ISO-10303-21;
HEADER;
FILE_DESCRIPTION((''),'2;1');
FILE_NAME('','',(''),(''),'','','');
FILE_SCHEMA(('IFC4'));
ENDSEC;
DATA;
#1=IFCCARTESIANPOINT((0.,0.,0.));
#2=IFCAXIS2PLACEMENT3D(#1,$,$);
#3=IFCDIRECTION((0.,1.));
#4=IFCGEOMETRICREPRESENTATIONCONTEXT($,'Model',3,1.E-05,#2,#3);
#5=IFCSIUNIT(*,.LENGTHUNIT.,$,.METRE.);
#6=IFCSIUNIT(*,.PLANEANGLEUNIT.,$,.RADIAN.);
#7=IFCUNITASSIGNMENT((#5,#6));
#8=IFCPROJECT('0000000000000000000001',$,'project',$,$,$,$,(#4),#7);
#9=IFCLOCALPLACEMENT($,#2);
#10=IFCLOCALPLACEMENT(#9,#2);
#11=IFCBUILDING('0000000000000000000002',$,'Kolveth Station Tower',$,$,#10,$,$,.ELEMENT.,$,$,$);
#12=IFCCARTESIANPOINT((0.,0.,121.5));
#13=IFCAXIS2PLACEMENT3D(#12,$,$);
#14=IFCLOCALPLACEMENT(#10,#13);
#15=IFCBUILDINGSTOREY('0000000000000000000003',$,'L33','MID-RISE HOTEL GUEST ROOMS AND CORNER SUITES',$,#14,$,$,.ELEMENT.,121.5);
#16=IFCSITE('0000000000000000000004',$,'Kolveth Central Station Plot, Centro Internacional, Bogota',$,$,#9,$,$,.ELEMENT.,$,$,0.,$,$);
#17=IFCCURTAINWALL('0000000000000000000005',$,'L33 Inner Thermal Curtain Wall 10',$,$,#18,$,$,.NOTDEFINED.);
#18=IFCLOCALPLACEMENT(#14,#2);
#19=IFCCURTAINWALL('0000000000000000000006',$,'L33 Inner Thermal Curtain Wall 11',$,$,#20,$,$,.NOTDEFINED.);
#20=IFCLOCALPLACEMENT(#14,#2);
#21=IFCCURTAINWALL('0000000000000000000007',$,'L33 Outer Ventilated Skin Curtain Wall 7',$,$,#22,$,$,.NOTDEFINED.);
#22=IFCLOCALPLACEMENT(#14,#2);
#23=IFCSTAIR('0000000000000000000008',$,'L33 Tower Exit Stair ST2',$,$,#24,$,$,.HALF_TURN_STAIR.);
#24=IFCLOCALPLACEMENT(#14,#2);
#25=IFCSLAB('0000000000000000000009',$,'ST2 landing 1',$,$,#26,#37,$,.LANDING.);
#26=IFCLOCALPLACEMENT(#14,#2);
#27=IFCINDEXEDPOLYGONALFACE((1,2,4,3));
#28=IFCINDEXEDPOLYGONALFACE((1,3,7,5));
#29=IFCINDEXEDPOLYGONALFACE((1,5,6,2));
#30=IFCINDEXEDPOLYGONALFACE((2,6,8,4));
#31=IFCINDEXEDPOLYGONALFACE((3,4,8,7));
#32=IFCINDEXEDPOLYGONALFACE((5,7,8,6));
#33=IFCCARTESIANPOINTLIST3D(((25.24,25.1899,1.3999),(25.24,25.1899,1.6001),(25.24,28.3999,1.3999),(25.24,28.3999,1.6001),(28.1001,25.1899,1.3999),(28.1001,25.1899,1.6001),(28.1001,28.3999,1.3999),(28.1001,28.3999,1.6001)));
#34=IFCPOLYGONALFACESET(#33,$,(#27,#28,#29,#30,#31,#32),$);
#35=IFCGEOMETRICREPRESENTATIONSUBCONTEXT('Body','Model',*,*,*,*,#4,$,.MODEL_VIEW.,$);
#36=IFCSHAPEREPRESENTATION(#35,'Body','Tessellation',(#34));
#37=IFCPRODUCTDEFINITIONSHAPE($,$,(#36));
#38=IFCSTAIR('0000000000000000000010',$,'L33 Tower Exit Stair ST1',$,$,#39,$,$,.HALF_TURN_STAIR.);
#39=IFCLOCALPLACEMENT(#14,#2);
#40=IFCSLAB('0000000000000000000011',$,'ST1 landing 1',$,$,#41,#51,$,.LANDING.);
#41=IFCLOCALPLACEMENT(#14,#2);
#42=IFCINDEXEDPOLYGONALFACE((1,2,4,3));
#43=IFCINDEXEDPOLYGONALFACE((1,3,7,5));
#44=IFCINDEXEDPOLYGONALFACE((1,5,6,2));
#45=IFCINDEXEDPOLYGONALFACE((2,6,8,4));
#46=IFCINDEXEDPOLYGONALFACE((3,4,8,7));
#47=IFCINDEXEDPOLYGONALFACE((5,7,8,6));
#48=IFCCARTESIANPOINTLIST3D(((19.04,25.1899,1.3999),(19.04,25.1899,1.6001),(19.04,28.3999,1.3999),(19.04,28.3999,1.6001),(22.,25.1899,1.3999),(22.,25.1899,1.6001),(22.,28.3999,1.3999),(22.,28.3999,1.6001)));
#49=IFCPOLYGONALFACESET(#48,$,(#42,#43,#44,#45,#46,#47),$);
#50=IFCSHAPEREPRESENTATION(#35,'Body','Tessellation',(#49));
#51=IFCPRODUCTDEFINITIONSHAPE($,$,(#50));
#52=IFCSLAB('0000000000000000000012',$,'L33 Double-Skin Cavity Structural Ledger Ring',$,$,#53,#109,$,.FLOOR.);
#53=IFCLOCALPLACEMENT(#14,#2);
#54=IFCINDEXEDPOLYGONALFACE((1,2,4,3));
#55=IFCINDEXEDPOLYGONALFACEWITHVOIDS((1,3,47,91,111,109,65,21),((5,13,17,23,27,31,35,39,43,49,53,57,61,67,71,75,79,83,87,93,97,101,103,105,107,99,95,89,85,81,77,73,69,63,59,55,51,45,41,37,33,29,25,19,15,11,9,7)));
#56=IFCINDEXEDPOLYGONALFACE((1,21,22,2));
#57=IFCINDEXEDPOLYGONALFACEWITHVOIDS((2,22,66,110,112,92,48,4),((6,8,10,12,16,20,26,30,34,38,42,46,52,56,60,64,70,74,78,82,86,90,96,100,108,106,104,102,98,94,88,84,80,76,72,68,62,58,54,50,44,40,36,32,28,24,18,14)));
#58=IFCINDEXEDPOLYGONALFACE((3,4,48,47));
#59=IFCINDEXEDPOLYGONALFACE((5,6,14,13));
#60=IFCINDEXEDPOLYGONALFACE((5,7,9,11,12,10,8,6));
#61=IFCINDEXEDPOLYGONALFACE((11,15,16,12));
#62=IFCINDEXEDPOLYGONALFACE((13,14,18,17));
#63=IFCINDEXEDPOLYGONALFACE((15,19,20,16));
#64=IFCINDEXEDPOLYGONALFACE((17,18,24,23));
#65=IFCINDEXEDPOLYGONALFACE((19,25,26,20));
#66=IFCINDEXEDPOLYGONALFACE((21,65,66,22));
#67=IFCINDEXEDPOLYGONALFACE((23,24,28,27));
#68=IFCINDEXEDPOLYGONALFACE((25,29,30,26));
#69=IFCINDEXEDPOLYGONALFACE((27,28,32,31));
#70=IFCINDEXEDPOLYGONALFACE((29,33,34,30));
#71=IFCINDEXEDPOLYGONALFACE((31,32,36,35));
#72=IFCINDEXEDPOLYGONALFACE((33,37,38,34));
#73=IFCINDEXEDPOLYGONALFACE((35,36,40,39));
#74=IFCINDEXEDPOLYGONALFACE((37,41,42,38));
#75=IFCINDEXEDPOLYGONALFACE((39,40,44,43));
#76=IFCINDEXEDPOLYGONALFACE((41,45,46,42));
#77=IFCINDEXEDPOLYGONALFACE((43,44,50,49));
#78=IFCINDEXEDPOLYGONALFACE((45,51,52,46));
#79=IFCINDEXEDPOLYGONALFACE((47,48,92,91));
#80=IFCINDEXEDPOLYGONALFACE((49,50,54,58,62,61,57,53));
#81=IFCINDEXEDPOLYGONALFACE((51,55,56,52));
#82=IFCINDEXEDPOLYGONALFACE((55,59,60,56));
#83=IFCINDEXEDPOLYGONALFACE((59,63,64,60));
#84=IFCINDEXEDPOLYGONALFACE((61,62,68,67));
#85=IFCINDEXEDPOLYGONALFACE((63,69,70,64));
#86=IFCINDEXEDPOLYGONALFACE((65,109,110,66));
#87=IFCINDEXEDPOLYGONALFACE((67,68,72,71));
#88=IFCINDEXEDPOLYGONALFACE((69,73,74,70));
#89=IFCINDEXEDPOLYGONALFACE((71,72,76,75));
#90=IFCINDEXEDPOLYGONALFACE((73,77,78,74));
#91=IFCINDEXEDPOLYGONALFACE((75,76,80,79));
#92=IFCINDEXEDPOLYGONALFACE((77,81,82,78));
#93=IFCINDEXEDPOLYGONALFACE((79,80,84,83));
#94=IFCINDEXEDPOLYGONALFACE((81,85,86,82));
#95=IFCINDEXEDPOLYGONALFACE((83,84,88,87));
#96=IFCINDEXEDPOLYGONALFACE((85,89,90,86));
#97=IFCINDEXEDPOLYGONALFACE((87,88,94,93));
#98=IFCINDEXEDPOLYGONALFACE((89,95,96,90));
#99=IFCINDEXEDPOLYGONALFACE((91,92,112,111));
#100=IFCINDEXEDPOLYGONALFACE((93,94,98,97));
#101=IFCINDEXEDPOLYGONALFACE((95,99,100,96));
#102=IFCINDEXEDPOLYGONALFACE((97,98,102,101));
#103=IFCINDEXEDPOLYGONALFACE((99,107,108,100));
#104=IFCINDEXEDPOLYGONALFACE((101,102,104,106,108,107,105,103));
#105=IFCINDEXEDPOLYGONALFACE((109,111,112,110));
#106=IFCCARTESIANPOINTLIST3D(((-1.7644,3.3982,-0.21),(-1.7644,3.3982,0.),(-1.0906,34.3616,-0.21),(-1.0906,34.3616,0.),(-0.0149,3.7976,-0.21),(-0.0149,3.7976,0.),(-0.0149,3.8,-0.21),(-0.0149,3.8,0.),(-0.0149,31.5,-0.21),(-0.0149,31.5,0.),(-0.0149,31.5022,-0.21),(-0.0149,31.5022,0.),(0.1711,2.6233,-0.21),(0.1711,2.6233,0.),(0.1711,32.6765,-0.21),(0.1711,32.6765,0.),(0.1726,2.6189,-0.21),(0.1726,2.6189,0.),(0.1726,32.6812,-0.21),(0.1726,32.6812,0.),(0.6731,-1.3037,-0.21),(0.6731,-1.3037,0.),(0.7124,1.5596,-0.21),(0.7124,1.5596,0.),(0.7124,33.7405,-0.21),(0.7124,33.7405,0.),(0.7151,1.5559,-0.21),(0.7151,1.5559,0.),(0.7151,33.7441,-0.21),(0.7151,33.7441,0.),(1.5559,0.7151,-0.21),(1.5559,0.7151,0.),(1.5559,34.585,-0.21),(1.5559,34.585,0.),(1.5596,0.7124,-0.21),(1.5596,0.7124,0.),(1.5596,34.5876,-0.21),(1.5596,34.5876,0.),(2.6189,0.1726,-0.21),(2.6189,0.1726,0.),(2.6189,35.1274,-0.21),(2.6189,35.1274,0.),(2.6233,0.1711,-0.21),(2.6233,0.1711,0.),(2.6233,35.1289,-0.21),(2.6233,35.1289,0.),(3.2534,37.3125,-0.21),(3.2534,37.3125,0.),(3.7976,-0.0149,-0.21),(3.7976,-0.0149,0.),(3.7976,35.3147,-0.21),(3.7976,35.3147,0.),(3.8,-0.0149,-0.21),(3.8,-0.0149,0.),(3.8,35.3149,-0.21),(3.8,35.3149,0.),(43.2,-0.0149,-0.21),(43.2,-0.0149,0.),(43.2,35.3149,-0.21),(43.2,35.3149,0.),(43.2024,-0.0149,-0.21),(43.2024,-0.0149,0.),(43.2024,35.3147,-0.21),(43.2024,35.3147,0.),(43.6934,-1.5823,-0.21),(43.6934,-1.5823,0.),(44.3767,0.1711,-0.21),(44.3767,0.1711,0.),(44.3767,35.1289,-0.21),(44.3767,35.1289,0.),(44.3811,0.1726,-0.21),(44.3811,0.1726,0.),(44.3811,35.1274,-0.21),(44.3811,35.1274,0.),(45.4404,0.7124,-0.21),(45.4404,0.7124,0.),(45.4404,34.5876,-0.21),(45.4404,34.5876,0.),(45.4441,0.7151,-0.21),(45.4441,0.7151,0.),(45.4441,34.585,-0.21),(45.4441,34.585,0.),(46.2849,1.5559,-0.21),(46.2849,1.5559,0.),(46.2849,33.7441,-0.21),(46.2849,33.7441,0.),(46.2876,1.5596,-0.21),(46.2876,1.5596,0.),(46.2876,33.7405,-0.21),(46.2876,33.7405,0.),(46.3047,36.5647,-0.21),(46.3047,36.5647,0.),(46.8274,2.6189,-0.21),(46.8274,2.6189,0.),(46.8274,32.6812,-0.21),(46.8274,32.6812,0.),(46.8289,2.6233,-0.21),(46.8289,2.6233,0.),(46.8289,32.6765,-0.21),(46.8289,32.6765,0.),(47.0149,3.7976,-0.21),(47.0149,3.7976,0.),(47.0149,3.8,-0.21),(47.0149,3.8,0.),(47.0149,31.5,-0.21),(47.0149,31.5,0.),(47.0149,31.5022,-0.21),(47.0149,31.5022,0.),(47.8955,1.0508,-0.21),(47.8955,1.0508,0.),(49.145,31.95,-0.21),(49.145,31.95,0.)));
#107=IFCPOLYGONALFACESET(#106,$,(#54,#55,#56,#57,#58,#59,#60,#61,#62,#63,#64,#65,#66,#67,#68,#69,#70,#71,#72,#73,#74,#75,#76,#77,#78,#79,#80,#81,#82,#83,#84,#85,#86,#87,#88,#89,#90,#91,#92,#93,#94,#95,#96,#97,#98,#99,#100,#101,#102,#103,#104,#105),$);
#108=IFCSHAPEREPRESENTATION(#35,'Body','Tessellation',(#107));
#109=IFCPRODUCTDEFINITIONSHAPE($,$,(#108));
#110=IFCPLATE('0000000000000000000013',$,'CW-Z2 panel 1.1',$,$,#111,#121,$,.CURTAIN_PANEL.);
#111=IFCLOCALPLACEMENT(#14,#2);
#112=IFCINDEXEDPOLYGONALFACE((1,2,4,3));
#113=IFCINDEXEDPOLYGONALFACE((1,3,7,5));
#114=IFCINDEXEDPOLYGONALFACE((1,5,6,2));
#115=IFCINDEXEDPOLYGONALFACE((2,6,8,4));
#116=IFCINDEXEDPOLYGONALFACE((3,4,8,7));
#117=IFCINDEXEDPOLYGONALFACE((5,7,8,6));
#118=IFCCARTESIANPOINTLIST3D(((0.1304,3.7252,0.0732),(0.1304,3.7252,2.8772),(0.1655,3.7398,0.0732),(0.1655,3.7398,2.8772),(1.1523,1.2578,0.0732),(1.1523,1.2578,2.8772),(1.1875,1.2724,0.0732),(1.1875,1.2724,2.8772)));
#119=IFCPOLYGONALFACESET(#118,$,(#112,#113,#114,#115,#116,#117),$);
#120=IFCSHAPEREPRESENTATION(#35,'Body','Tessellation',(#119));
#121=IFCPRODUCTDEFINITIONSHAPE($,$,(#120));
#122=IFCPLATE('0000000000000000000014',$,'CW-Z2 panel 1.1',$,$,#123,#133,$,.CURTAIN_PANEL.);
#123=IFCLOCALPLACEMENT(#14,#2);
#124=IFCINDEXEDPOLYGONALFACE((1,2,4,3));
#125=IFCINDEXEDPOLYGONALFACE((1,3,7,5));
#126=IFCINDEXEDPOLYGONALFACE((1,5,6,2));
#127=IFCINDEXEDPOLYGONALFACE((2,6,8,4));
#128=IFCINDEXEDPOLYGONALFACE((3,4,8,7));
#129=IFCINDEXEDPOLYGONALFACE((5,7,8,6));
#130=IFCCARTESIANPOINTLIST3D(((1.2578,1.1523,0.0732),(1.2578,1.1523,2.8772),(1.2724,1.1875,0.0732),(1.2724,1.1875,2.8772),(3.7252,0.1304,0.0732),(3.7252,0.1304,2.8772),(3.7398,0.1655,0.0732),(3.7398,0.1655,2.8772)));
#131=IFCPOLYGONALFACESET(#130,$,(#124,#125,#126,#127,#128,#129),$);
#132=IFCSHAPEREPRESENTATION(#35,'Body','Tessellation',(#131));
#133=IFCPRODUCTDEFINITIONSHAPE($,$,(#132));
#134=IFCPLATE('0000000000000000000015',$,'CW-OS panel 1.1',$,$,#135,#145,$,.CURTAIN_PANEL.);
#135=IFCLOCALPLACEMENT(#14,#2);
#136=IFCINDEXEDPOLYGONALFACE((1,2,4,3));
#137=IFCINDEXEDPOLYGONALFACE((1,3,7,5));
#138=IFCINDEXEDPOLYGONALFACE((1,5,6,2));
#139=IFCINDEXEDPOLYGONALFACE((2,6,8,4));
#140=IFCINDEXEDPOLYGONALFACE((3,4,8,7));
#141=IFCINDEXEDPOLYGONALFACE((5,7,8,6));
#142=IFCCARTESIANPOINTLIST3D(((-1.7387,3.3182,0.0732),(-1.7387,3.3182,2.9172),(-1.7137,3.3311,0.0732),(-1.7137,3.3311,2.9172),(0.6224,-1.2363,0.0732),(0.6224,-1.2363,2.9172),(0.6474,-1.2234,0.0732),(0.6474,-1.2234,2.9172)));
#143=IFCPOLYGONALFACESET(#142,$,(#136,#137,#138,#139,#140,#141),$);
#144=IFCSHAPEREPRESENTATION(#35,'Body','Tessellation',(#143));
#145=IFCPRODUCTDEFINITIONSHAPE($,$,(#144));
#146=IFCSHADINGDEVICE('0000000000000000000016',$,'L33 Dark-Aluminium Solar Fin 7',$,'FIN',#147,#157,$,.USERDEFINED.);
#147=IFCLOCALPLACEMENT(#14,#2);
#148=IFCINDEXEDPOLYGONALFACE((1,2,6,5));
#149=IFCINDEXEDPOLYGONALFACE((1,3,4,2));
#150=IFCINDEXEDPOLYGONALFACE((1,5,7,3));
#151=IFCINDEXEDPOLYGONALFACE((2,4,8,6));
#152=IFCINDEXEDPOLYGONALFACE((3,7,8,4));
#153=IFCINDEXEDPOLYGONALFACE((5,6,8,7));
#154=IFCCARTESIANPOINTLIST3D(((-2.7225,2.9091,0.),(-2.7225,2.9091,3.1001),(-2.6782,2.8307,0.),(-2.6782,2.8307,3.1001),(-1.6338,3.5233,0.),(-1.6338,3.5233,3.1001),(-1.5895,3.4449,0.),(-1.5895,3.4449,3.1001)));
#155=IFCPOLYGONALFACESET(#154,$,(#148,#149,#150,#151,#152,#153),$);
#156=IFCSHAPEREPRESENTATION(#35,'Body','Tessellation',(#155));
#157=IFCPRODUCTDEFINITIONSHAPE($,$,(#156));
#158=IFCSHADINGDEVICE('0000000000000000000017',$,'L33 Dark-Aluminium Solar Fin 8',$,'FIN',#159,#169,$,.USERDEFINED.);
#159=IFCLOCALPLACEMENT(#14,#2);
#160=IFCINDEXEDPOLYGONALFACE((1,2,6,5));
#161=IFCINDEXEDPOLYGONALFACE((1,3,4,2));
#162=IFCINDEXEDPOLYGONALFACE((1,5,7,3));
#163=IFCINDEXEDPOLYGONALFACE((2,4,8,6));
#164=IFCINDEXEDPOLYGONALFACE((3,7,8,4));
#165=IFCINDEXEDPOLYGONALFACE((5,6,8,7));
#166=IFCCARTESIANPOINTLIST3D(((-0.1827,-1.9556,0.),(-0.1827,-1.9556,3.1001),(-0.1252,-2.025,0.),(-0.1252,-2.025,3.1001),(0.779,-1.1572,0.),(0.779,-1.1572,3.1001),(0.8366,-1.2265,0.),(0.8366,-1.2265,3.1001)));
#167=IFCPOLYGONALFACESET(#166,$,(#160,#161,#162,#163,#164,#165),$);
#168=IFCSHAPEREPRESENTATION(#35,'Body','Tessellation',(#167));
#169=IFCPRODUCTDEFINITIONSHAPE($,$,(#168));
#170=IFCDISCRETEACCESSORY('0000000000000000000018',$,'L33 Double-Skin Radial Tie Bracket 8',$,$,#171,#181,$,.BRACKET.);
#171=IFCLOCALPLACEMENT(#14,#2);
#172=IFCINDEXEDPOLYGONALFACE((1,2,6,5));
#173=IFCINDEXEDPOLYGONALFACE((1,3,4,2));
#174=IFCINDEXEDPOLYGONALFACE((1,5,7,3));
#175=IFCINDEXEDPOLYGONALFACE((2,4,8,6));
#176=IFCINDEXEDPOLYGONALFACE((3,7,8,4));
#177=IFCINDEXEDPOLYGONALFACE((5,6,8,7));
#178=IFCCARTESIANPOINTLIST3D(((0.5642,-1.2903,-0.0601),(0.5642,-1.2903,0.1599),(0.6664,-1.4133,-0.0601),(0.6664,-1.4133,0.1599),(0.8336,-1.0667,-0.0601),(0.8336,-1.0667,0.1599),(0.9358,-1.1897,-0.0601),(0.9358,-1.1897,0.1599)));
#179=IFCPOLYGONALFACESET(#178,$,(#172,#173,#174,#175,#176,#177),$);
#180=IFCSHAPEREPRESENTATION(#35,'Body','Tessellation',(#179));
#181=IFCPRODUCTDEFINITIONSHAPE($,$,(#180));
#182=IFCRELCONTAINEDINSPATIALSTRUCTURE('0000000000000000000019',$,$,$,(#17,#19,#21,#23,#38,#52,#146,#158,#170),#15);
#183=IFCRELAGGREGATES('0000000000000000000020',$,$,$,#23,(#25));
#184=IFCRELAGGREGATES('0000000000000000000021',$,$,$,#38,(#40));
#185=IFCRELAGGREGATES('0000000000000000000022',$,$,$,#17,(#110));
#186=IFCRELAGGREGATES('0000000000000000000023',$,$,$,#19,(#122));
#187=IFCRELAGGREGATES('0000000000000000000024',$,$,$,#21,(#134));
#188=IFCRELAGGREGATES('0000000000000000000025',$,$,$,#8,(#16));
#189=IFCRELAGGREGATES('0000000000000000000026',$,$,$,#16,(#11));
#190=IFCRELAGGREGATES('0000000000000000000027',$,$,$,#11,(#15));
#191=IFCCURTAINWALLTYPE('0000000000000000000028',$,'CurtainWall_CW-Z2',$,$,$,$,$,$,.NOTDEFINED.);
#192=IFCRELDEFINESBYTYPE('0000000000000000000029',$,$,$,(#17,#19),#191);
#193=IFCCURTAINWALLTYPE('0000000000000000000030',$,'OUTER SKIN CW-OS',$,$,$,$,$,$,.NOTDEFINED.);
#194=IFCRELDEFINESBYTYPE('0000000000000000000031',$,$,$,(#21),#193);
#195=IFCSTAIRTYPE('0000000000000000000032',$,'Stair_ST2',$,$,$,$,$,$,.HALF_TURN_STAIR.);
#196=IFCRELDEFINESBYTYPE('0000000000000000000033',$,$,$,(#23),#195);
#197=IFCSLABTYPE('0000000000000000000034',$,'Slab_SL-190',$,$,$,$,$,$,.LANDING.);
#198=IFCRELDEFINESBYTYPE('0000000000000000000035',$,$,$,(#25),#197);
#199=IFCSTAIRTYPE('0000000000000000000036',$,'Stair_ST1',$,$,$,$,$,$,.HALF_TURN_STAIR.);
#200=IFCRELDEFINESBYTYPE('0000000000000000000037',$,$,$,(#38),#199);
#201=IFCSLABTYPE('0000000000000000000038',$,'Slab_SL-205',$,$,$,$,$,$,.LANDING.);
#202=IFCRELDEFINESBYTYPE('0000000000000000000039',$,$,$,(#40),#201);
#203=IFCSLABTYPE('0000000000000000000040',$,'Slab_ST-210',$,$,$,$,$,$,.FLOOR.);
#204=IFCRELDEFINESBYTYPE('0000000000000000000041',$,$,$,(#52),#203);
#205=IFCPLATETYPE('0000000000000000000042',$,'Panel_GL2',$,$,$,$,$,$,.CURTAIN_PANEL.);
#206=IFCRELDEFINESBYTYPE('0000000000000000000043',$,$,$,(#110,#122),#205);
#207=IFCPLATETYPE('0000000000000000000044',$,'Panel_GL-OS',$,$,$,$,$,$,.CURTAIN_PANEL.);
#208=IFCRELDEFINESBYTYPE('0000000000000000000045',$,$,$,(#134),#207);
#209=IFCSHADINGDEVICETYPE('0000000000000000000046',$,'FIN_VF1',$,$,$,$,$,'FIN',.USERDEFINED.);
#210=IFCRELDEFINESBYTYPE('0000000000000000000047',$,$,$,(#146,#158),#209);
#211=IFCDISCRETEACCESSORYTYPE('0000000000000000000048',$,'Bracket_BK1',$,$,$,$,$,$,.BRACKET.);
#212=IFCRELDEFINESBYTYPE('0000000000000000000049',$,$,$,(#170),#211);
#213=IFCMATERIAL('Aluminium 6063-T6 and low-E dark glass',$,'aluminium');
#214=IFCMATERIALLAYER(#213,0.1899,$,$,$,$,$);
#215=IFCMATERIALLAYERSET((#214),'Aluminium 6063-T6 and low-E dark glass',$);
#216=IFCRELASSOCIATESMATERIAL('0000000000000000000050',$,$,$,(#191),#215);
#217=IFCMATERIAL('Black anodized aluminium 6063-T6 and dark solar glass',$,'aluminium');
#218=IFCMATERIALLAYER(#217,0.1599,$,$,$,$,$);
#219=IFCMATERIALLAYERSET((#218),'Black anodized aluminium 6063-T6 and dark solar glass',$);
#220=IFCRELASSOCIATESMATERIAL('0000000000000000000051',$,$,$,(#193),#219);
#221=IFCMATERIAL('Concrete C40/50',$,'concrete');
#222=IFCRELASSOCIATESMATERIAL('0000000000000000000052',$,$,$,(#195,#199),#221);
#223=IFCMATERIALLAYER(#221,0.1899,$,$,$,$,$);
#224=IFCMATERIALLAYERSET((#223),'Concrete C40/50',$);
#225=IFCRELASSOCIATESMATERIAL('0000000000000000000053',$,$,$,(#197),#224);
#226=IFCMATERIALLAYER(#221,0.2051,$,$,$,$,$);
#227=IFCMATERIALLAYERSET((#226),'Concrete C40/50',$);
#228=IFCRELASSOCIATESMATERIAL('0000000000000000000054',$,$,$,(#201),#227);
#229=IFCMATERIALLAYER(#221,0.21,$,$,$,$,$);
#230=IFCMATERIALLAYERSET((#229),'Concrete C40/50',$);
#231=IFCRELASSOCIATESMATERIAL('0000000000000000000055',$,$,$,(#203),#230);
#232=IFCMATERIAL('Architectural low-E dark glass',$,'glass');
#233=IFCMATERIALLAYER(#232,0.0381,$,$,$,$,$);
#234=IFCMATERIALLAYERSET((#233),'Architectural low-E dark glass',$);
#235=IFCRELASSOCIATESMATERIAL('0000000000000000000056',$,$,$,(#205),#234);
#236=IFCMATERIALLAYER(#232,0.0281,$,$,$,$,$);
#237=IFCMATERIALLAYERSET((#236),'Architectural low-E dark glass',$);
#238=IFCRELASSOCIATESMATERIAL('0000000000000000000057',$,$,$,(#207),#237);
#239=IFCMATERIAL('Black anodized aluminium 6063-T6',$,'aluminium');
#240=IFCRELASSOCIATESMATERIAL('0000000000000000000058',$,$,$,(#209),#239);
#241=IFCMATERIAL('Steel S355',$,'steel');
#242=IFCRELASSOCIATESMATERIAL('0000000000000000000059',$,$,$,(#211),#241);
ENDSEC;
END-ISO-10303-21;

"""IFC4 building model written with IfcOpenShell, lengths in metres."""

from ifc_helpers import new_model, si_unit, direction, frame, origin, origin_2d, place, context, subcontext, project, spatial, polyline, rectangle, outline, extrude, source, transform, mapped, material, layer, layer_set, type_object, element, aggregate, save


model = new_model("IFC4")

# Units and contexts
model_context = context("Model", 3, precision=1e-05, world=origin(), true_north=direction((0.0, 1.0)))
body_context = subcontext(model_context, "Body", "Model", "MODEL_VIEW")
ifc_project = project(units=[si_unit("LENGTHUNIT", "METRE"), si_unit("PLANEANGLEUNIT", "RADIAN")], contexts=[model_context])

# Site, building, storey
site_placement = place(None, origin())
site = spatial("IfcSite", under=ifc_project, at=site_placement, Name="Kolveth Central Station Plot, Centro Internacional, Bogota", CompositionType="ELEMENT", RefElevation=0.0)
building_placement = place(site_placement, origin())
building = spatial("IfcBuilding", under=site, at=building_placement, Name="Kolveth Station Tower", CompositionType="ELEMENT")
storey_placement = place(building_placement, frame((0.0, 0.0, 121.5)))
storey = spatial("IfcBuildingStorey", under=building, at=storey_placement, Name="L33", Description="MID-RISE HOTEL GUEST ROOMS AND CORNER SUITES", CompositionType="ELEMENT", Elevation=121.5)

# Shared definitions
ifc_material_1 = material(Name="Steel S355", Category="steel")

# Curtain wall
ifc_material_2 = material(Name="Aluminium 6063-T6 and low-E dark glass", Category="aluminium")
ifc_layer_1 = layer(ifc_material_2, 0.1899)
ifc_layer_set_1 = layer_set([ifc_layer_1], Name="Aluminium 6063-T6 and low-E dark glass")
curtain_wall_type_1 = type_object("IfcCurtainWallType", Name="CurtainWall_CW-Z2", PredefinedType="NOTDEFINED", material=ifc_layer_set_1)
curtain_wall_1_placement = place(storey_placement, origin())
curtain_wall_1 = element("IfcCurtainWall", 1, at=curtain_wall_1_placement, inside=storey, type_object=curtain_wall_type_1, Name="L33 Inner Thermal Curtain Wall 10", PredefinedType="NOTDEFINED")
ifc_material_3 = material(Name="Black anodized aluminium 6063-T6", Category="aluminium")

# Curtain wall
curtain_wall_2_placement = place(storey_placement, origin())
curtain_wall_2 = element("IfcCurtainWall", 2, at=curtain_wall_2_placement, inside=storey, type_object=curtain_wall_type_1, Name="L33 Inner Thermal Curtain Wall 11", PredefinedType="NOTDEFINED")

# Curtain wall
ifc_material_4 = material(Name="Black anodized aluminium 6063-T6 and dark solar glass", Category="aluminium")
ifc_layer_2 = layer(ifc_material_4, 0.1599)
ifc_layer_set_2 = layer_set([ifc_layer_2], Name="Black anodized aluminium 6063-T6 and dark solar glass")
curtain_wall_type_2 = type_object("IfcCurtainWallType", Name="OUTER SKIN CW-OS", PredefinedType="NOTDEFINED", material=ifc_layer_set_2)
curtain_wall_3_placement = place(storey_placement, origin())
curtain_wall_3 = element("IfcCurtainWall", 3, at=curtain_wall_3_placement, inside=storey, type_object=curtain_wall_type_2, Name="L33 Outer Ventilated Skin Curtain Wall 7", PredefinedType="NOTDEFINED")

# Shared definitions
ifc_material_5 = material(Name="Concrete C40/50", Category="concrete")

# Stairs, slabs
stair_type_1 = type_object("IfcStairType", Name="Stair_ST2", PredefinedType="HALF_TURN_STAIR", material=ifc_material_5)
stair_1_placement = place(storey_placement, origin())
stair_1 = element("IfcStair", 4, at=stair_1_placement, inside=storey, type_object=stair_type_1, Name="L33 Tower Exit Stair ST2", PredefinedType="HALF_TURN_STAIR")
ifc_layer_3 = layer(ifc_material_5, 0.1899)
ifc_layer_set_3 = layer_set([ifc_layer_3], Name="Concrete C40/50")
slab_type_1 = type_object("IfcSlabType", Name="Slab_SL-190", PredefinedType="LANDING", material=ifc_layer_set_3)
slab_1_placement = place(storey_placement, frame((0.0, 0.0, 1.3999)))
slab_1 = element("IfcSlab", 5, at=slab_1_placement, type_object=slab_type_1, Name="ST2 landing 1", PredefinedType="LANDING", context=body_context, shape_type="SweptSolid", body=[
    extrude(outline(polyline([(28.1001, 25.1899), (28.1001, 28.3999), (25.24, 28.3999), (25.24, 25.1899), (28.1001, 25.1899)])), origin(), (0.0, 0.0, 1.0), 0.2002),
])
aggregate(stair_1, [slab_1])
stair_type_2 = type_object("IfcStairType", Name="Stair_ST1", PredefinedType="HALF_TURN_STAIR", material=ifc_material_5)
stair_2_placement = place(storey_placement, origin())
stair_2 = element("IfcStair", 6, at=stair_2_placement, inside=storey, type_object=stair_type_2, Name="L33 Tower Exit Stair ST1", PredefinedType="HALF_TURN_STAIR")
ifc_layer_4 = layer(ifc_material_5, 0.2051)
ifc_layer_set_4 = layer_set([ifc_layer_4], Name="Concrete C40/50")
slab_type_2 = type_object("IfcSlabType", Name="Slab_SL-205", PredefinedType="LANDING", material=ifc_layer_set_4)
slab_2_placement = place(storey_placement, frame((0.0, 0.0, 1.3999)))
slab_2 = element("IfcSlab", 7, at=slab_2_placement, type_object=slab_type_2, Name="ST1 landing 1", PredefinedType="LANDING", context=body_context, shape_type="SweptSolid", body=[
    extrude(outline(polyline([(22.0, 25.1899), (22.0, 28.3999), (19.04, 28.3999), (19.04, 25.1899), (22.0, 25.1899)])), origin(), (0.0, 0.0, 1.0), 0.2002),
])
aggregate(stair_2, [slab_2])

# Slab
ifc_layer_5 = layer(ifc_material_5, 0.21)
ifc_layer_set_5 = layer_set([ifc_layer_5], Name="Concrete C40/50")
slab_type_3 = type_object("IfcSlabType", Name="Slab_ST-210", PredefinedType="FLOOR", material=ifc_layer_set_5)
slab_3_placement = place(storey_placement, frame((0.0, 0.0, -0.21)))
element("IfcSlab", 8, at=slab_3_placement, inside=storey, type_object=slab_type_3, Name="L33 Double-Skin Cavity Structural Ledger Ring", PredefinedType="FLOOR", context=body_context, shape_type="SweptSolid", body=[
    extrude(outline(polyline([(0.6731, -1.3037), (-1.7644, 3.3982), (-1.0906, 34.3616), (3.2534, 37.3125), (46.3047, 36.5647), (49.145, 31.95), (47.8955, 1.0508), (43.6934, -1.5823), (0.6731, -1.3037)]), holes=[polyline([(43.2024, -0.0149), (44.3767, 0.1711), (44.3811, 0.1726), (45.4404, 0.7124), (45.4441, 0.7151), (46.2849, 1.5559), (46.2876, 1.5596), (46.8274, 2.6189), (46.8289, 2.6233), (47.0149, 3.7976), (47.0149, 3.8), (47.0149, 31.5), (47.0149, 31.5022), (46.8289, 32.6765), (46.8274, 32.6812), (46.2876, 33.7405), (46.2849, 33.7441), (45.4441, 34.585), (45.4404, 34.5876), (44.3811, 35.1274), (44.3767, 35.1289), (43.2024, 35.3147), (43.2, 35.3149), (3.8, 35.3149), (3.7976, 35.3147), (2.6233, 35.1289), (2.6189, 35.1274), (1.5596, 34.5876), (1.5559, 34.585), (0.7151, 33.7441), (0.7124, 33.7405), (0.1726, 32.6812), (0.1711, 32.6765), (-0.0149, 31.5022), (-0.0149, 31.5), (-0.0149, 3.8), (-0.0149, 3.7976), (0.1711, 2.6233), (0.1726, 2.6189), (0.7124, 1.5596), (0.7151, 1.5559), (1.5559, 0.7151), (1.5596, 0.7124), (2.6189, 0.1726), (2.6233, 0.1711), (3.7976, -0.0149), (3.8, -0.0149), (43.2, -0.0149), (43.2024, -0.0149)])]), origin(), (0.0, 0.0, 1.0), 0.21),
])

# Plates
ifc_material_6 = material(Name="Architectural low-E dark glass", Category="glass")
ifc_layer_6 = layer(ifc_material_6, 0.0381)
ifc_layer_set_6 = layer_set([ifc_layer_6], Name="Architectural low-E dark glass")
plate_type_1 = type_object("IfcPlateType", Name="Panel_GL2", PredefinedType="CURTAIN_PANEL", material=ifc_layer_set_6)
shared_shape_1 = source(origin(), body_context, "Body", "SweptSolid", [
    extrude(rectangle(XDim=2.6707, YDim=0.0381, at=origin_2d()), origin(), (0.0, 0.0, 1.0), 2.804),
])
plate_1_placement = place(storey_placement, frame((0.6589, 2.4988, 0.0732), z_axis=(0.0, 0.0, 1.0), x_axis=(0.382663, -0.923888, 0.0)))
plate_1 = element("IfcPlate", 9, at=plate_1_placement, type_object=plate_type_1, Name="CW-Z2 panel 1.1", PredefinedType="CURTAIN_PANEL", context=body_context, shape_type="MappedRepresentation", body=[
    mapped(shared_shape_1, transform((0.0, 0.0, 0.0), x_axis=(1.0, 0.0, 0.0), y_axis=(0.0, 1.0, 0.0), z_axis=(0.0, 0.0, 1.0), scale=1.0)),
])
aggregate(curtain_wall_1, [plate_1])
plate_2_placement = place(storey_placement, frame((2.4988, 0.6589, 0.0732), z_axis=(0.0, 0.0, 1.0), x_axis=(0.923888, -0.382663, 0.0)))
plate_2 = element("IfcPlate", 10, at=plate_2_placement, type_object=plate_type_1, Name="CW-Z2 panel 1.1", PredefinedType="CURTAIN_PANEL", context=body_context, shape_type="MappedRepresentation", body=[
    mapped(shared_shape_1, transform((0.0, 0.0, 0.0), x_axis=(1.0, 0.0, 0.0), y_axis=(0.0, 1.0, 0.0), z_axis=(0.0, 0.0, 1.0), scale=1.0)),
])
aggregate(curtain_wall_2, [plate_2])
ifc_layer_7 = layer(ifc_material_6, 0.0281)
ifc_layer_set_7 = layer_set([ifc_layer_7], Name="Architectural low-E dark glass")
plate_type_2 = type_object("IfcPlateType", Name="Panel_GL-OS", PredefinedType="CURTAIN_PANEL", material=ifc_layer_set_7)
shared_shape_2 = source(origin(), body_context, "Body", "SweptSolid", [
    extrude(rectangle(XDim=5.1301, YDim=0.0281, at=origin_2d()), origin(), (0.0, 0.0, 1.0), 2.844),
])
plate_3_placement = place(storey_placement, frame((-0.5457, 1.0474, 0.0732), z_axis=(0.0, 0.0, 1.0), x_axis=(0.460239, -0.887795, 0.0)))
plate_3 = element("IfcPlate", 11, at=plate_3_placement, type_object=plate_type_2, Name="CW-OS panel 1.1", PredefinedType="CURTAIN_PANEL", context=body_context, shape_type="MappedRepresentation", body=[
    mapped(shared_shape_2, transform((0.0, 0.0, 0.0), x_axis=(1.0, 0.0, 0.0), y_axis=(0.0, 1.0, 0.0), z_axis=(0.0, 0.0, 1.0), scale=1.0)),
])
aggregate(curtain_wall_3, [plate_3])

# Shading devices
shading_device_type = type_object("IfcShadingDeviceType", Name="FIN_VF1", ElementType="FIN", PredefinedType="USERDEFINED", material=ifc_material_3)
shared_shape_3 = source(origin(), body_context, "Body", "SweptSolid", [
    extrude(rectangle(XDim=1.25, YDim=0.0901, at=origin_2d()), origin(), (0.0, 0.0, 1.0), 3.1001),
])
for number, where, z_axis, x_axis, name in (
    (12, (-2.156, 3.177, 0.0), (0.0, 0.0, 1.0), (-0.870957, -0.49136, 0.0), "L33 Dark-Aluminium Solar Fin 7"),
    (13, (0.3269, -1.5911, 0.0), (0.0, 0.0, 1.0), (-0.7694, -0.638768, 0.0), "L33 Dark-Aluminium Solar Fin 8"),
):
    element("IfcShadingDevice", number, at=place(storey_placement, frame(where, z_axis=z_axis, x_axis=x_axis)), inside=storey, type_object=shading_device_type, Name=name, ObjectType="FIN", PredefinedType="USERDEFINED", context=body_context, shape_type="MappedRepresentation", body=[
        mapped(shared_shape_3, transform((0.0, 0.0, 0.0), x_axis=(1.0, 0.0, 0.0), y_axis=(0.0, 1.0, 0.0), z_axis=(0.0, 0.0, 1.0), scale=1.0)),
    ])

# Discrete accessory
discrete_accessory_type = type_object("IfcDiscreteAccessoryType", Name="Bracket_BK1", PredefinedType="BRACKET", material=ifc_material_1)
shared_shape_4 = source(origin(), body_context, "Body", "SweptSolid", [
    extrude(rectangle(XDim=0.3501, YDim=0.1599, at=origin_2d()), origin(), (0.0, 0.0, 1.0), 0.22),
])
discrete_accessory_placement = place(storey_placement, frame((0.75, -1.24, -0.0601), z_axis=(0.0, 0.0, 1.0), x_axis=(-0.7694, -0.638768, 0.0)))
element("IfcDiscreteAccessory", 14, at=discrete_accessory_placement, inside=storey, type_object=discrete_accessory_type, Name="L33 Double-Skin Radial Tie Bracket 8", PredefinedType="BRACKET", context=body_context, shape_type="MappedRepresentation", body=[
    mapped(shared_shape_4, transform((0.0, 0.0, 0.0), x_axis=(1.0, 0.0, 0.0), y_axis=(0.0, 1.0, 0.0), z_axis=(0.0, 0.0, 1.0), scale=1.0)),
])

save(model, "model.ifc")
